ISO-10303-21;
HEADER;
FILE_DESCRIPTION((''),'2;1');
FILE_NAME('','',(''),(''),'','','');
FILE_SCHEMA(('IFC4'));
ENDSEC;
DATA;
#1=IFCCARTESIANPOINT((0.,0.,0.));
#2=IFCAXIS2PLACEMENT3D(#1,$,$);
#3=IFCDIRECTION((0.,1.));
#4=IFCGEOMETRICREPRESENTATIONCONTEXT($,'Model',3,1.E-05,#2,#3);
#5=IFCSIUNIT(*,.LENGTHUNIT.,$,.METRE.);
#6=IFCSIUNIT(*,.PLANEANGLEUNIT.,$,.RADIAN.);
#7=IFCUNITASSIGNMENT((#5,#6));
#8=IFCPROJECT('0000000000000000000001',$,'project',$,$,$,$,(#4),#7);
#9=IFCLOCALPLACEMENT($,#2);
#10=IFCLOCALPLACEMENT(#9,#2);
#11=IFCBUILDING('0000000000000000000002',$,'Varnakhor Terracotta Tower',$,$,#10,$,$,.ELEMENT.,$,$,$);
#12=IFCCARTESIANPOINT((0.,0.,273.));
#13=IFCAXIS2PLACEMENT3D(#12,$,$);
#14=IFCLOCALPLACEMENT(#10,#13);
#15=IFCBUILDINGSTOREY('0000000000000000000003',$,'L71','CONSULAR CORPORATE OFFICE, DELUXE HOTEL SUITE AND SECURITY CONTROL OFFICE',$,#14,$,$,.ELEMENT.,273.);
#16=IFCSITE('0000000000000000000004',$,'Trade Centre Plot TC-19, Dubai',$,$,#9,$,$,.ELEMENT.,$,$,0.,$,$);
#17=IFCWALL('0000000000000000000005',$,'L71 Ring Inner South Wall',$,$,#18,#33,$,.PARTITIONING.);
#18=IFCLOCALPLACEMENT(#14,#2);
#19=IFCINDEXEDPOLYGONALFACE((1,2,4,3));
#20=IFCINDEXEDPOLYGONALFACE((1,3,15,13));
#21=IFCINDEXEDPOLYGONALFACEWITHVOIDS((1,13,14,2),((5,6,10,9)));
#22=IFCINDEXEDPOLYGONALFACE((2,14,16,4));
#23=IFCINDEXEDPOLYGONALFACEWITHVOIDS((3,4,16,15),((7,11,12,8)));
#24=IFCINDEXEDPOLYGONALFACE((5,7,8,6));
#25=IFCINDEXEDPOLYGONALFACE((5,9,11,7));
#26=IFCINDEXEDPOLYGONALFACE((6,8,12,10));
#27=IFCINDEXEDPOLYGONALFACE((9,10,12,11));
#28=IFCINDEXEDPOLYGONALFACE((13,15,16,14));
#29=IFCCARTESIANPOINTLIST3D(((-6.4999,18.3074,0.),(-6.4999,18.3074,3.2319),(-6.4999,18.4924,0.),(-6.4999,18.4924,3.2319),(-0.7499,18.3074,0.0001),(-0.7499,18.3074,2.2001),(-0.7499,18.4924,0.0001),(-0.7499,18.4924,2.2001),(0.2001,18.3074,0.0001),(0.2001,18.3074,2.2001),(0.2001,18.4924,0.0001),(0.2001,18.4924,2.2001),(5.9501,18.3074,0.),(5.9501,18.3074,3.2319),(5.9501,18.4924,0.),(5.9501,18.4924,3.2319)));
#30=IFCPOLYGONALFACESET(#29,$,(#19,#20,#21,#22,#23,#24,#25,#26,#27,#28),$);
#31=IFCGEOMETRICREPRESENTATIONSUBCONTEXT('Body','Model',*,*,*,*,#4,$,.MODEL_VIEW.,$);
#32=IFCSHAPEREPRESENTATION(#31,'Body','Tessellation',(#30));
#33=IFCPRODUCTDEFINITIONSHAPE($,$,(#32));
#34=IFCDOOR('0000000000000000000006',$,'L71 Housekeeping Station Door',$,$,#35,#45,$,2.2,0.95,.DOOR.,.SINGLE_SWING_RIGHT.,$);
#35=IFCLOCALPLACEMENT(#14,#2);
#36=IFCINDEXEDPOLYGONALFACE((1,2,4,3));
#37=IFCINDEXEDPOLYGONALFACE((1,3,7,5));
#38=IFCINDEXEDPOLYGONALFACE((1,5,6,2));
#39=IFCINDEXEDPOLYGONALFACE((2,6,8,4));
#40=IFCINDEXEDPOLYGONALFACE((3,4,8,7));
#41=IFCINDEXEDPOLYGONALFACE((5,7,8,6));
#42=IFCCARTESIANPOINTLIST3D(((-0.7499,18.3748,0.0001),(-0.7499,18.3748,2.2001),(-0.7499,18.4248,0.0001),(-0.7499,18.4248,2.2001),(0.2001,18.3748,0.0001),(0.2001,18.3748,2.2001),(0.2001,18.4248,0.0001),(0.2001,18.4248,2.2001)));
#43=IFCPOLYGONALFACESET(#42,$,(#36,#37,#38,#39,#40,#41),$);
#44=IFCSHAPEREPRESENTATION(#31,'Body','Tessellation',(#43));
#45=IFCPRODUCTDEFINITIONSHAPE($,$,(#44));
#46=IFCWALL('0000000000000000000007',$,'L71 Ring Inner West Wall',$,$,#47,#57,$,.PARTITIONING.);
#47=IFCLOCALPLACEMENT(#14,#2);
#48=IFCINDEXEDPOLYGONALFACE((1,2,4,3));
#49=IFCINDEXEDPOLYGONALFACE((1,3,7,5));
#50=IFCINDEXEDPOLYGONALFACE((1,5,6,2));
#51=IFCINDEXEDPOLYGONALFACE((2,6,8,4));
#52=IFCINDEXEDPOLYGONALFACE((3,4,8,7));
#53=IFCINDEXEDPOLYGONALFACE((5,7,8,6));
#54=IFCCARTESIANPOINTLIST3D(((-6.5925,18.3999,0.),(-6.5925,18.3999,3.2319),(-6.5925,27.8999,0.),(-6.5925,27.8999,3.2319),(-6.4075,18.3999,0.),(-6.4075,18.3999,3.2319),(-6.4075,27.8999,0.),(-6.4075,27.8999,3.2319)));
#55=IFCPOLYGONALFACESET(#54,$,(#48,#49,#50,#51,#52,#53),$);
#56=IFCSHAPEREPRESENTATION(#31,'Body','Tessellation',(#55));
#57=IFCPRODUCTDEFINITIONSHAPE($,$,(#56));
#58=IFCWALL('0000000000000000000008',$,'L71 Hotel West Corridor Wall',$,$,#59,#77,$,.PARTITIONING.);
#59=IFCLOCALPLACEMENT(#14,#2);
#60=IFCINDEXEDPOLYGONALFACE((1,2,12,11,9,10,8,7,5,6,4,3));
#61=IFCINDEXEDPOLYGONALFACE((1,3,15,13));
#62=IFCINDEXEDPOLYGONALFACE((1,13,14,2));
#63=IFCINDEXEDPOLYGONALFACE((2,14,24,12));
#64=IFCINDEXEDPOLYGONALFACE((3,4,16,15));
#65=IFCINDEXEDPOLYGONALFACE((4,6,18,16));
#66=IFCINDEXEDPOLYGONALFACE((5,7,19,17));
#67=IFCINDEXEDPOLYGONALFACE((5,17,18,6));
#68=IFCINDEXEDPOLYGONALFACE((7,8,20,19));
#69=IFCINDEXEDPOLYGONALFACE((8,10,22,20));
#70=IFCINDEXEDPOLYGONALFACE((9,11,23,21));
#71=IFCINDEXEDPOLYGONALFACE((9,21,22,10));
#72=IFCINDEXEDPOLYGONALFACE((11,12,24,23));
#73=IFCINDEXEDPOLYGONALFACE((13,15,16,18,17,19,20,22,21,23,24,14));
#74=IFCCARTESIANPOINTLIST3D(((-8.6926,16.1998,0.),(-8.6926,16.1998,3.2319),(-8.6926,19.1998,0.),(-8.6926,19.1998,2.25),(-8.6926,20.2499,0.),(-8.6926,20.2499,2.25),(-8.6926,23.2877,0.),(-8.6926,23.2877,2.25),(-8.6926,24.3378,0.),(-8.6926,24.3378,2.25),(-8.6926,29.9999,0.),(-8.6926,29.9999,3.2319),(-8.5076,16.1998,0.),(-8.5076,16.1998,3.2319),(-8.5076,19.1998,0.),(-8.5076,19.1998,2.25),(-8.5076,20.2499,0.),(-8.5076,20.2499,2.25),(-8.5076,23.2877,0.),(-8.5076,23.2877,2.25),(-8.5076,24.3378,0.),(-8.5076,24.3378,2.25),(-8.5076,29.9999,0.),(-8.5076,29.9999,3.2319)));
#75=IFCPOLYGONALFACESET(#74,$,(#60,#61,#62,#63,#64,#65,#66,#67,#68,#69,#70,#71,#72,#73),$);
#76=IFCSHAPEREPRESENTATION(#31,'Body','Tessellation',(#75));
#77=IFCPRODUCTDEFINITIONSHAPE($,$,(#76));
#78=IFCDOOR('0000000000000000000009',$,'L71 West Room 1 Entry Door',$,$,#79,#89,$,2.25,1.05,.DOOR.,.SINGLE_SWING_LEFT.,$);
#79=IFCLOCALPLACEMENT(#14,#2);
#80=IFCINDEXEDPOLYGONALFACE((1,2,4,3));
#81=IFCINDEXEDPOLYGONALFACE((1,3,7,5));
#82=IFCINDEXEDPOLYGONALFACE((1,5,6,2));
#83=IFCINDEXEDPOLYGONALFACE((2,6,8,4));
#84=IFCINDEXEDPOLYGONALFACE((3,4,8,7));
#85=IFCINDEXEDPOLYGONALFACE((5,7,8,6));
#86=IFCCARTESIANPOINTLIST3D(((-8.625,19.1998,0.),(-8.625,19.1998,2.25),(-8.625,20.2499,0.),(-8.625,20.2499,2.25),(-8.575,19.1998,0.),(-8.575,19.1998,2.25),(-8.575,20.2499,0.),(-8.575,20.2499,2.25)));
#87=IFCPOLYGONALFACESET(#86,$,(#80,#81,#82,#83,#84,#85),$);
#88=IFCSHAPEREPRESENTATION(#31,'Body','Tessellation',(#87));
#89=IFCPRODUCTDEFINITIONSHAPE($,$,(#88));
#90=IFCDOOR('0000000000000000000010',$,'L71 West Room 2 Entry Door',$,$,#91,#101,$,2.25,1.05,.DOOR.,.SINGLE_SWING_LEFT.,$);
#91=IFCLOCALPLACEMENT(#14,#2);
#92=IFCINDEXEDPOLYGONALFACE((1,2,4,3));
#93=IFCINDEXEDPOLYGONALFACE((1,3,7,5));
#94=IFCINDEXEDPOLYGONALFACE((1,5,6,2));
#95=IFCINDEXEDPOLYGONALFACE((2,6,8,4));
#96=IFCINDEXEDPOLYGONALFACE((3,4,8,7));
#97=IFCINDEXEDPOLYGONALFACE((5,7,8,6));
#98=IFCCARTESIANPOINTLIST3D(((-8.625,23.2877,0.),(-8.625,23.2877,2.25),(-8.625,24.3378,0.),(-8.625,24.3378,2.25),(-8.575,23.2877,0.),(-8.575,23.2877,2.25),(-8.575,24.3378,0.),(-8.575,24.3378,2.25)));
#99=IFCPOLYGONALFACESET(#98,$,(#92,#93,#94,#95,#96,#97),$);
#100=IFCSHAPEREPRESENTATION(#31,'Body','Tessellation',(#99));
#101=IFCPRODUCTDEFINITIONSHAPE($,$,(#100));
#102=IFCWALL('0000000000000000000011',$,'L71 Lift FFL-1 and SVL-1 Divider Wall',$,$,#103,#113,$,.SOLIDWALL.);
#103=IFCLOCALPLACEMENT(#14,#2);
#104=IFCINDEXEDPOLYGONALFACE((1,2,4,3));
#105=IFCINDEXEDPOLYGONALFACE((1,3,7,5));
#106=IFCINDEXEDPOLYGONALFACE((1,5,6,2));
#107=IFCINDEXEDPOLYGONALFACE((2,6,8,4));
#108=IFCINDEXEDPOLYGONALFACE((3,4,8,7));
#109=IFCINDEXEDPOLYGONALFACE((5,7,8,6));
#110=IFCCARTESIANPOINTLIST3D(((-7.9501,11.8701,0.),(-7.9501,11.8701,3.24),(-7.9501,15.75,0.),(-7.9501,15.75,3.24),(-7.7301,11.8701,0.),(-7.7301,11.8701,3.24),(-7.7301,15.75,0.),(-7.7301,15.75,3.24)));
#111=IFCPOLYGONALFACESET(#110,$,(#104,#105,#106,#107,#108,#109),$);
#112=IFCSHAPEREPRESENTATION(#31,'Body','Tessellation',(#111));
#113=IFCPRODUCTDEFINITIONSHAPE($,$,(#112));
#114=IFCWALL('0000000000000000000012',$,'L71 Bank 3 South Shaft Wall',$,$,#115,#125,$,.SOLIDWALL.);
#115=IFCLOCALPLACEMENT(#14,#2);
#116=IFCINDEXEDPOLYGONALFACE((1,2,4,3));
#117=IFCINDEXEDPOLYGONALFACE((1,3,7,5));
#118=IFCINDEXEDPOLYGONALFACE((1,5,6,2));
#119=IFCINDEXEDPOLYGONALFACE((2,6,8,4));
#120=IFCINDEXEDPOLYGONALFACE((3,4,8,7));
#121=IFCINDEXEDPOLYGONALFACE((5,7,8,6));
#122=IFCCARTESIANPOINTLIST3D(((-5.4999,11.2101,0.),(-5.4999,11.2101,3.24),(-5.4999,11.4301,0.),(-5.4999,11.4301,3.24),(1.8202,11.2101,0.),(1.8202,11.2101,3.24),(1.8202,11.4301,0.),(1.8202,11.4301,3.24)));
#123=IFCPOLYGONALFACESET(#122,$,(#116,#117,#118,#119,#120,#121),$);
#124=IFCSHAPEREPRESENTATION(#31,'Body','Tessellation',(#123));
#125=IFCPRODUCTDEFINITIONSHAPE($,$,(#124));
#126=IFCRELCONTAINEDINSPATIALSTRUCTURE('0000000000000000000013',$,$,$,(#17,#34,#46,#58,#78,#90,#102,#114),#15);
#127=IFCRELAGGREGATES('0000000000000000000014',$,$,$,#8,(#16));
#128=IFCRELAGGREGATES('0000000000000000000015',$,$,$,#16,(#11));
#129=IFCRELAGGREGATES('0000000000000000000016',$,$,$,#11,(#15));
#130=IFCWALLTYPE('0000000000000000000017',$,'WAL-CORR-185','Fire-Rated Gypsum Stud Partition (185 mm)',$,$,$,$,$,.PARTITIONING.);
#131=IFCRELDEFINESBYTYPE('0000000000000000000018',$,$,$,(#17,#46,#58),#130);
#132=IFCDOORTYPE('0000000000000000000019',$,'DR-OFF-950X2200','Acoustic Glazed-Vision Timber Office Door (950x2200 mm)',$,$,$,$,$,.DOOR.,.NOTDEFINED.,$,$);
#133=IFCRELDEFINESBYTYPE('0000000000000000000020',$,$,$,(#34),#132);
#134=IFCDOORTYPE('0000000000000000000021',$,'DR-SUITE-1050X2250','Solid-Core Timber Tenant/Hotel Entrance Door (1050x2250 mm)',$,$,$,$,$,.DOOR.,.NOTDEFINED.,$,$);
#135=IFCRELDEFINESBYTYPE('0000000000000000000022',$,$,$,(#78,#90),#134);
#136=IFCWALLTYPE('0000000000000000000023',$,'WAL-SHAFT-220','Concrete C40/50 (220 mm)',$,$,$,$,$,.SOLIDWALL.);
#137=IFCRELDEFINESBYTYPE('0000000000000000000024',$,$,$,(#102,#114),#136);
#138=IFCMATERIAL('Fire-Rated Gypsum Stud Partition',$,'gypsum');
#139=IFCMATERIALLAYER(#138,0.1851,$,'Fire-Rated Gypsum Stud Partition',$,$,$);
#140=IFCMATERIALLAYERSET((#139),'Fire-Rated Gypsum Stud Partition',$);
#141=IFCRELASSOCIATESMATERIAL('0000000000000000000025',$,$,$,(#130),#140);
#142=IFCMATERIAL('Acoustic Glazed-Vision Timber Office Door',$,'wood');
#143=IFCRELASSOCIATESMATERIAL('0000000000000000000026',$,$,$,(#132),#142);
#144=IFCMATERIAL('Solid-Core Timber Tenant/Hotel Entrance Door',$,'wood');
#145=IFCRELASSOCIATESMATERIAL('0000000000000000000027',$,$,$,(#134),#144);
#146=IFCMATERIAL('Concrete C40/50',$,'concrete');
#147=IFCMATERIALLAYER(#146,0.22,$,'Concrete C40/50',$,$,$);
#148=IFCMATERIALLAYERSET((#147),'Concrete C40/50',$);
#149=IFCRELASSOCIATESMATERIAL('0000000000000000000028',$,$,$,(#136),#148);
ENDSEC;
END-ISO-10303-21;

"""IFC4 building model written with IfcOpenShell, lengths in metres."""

from ifc_helpers import new_model, si_unit, direction, frame, frame_2d, origin, place, context, subcontext, project, spatial, rectangle, extrude, source, transform, mapped, material, layer, layer_set, type_object, type_shapes, element, fill, save


model = new_model("IFC4")

# Units and contexts
model_context = context("Model", 3, precision=1e-05, world=origin(), true_north=direction((0.0, 1.0)))
body_context = subcontext(model_context, "Body", "Model", "MODEL_VIEW")
ifc_project = project(units=[si_unit("LENGTHUNIT", "METRE"), si_unit("PLANEANGLEUNIT", "RADIAN")], contexts=[model_context])

# Site, building, storey
site_placement = place(None, origin())
site = spatial("IfcSite", under=ifc_project, at=site_placement, Name="Trade Centre Plot TC-19, Dubai", CompositionType="ELEMENT", RefElevation=0.0)
building_placement = place(site_placement, origin())
building = spatial("IfcBuilding", under=site, at=building_placement, Name="Varnakhor Terracotta Tower", CompositionType="ELEMENT")
storey_placement = place(building_placement, frame((0.0, 0.0, 273.0)))
storey = spatial("IfcBuildingStorey", under=building, at=storey_placement, Name="L71", Description="CONSULAR CORPORATE OFFICE, DELUXE HOTEL SUITE AND SECURITY CONTROL OFFICE", CompositionType="ELEMENT", Elevation=273.0)

# Wall, opening, door
ifc_material_1 = material(Name="Fire-Rated Gypsum Stud Partition", Category="gypsum")
ifc_layer_1 = layer(ifc_material_1, 0.1851, Name="Fire-Rated Gypsum Stud Partition")
ifc_layer_set_1 = layer_set([ifc_layer_1], Name="Fire-Rated Gypsum Stud Partition")
wall_type_1 = type_object("IfcWallType", Name="WAL-CORR-185", Description="Fire-Rated Gypsum Stud Partition (185 mm)", PredefinedType="PARTITIONING", material=ifc_layer_set_1)
wall_1_placement = place(storey_placement, frame((-6.5, 18.3999, 0.0), z_axis=(0.0, 0.0, 1.0), x_axis=(1.0, 0.0, 0.0)))
wall_1 = element("IfcWall", 1, at=wall_1_placement, inside=storey, type_object=wall_type_1, Name="L71 Ring Inner South Wall", PredefinedType="PARTITIONING", context=body_context, shape_type="SweptSolid", body=[
    extrude(rectangle(XDim=12.45, YDim=0.1851, at=frame_2d((6.2251, 0.0))), origin(), (0.0, 0.0, 1.0), 3.2319),
])
opening_1_placement = place(wall_1_placement, frame((5.75, 0.0, 0.0)))
opening_1 = element("IfcOpeningElement", 2, at=opening_1_placement, cuts=wall_1, PredefinedType="OPENING", context=body_context, shape_type="SweptSolid", body=[
    extrude(rectangle(XDim=0.95, YDim=2.2, at=frame_2d((0.4751, 1.1001))), frame((0.0, 0.1025, 0.0), z_axis=(0.0, -1.0, 0.0), x_axis=(1.0, 0.0, 0.0)), (0.0, 0.0, 1.0), 0.2051),
])
ifc_material_2 = material(Name="Acoustic Glazed-Vision Timber Office Door", Category="wood")
door_type_1 = type_object("IfcDoorType", Name="DR-OFF-950X2200", Description="Acoustic Glazed-Vision Timber Office Door (950x2200 mm)", OperationType="NOTDEFINED", PredefinedType="DOOR", material=ifc_material_2)
shared_shape_1 = source(origin(), body_context, "Body", "SweptSolid", [
    extrude(rectangle(XDim=0.95, YDim=2.2, at=frame_2d((0.4751, 1.1001))), frame((0.0, 0.0249, 0.0), z_axis=(0.0, -1.0, 0.0), x_axis=(1.0, 0.0, 0.0)), (0.0, 0.0, 1.0), 0.05),
])
type_shapes(door_type_1, [shared_shape_1])
door_1_placement = place(opening_1_placement, origin())
door_1 = element("IfcDoor", 3, at=door_1_placement, inside=storey, type_object=door_type_1, Name="L71 Housekeeping Station Door", OperationType="SINGLE_SWING_RIGHT", OverallHeight=2.2, OverallWidth=0.95, PredefinedType="DOOR", context=body_context, shape_type="MappedRepresentation", body=[
    mapped(shared_shape_1, transform((0.0, 0.0, 0.0), scale=1.0)),
])
fill(opening_1, door_1)

# Wall
wall_2_placement = place(storey_placement, frame((-6.5, 18.3999, 0.0), z_axis=(0.0, 0.0, 1.0), x_axis=(0.0, 1.0, 0.0)))
element("IfcWall", 4, at=wall_2_placement, inside=storey, type_object=wall_type_1, Name="L71 Ring Inner West Wall", PredefinedType="PARTITIONING", context=body_context, shape_type="SweptSolid", body=[
    extrude(rectangle(XDim=9.5, YDim=0.1851, at=frame_2d((4.75, 0.0))), origin(), (0.0, 0.0, 1.0), 3.2319),
])

# Wall, openings, doors
wall_3_placement = place(storey_placement, frame((-8.6001, 16.2, 0.0), z_axis=(0.0, 0.0, 1.0), x_axis=(0.0, 1.0, 0.0)))
wall_3 = element("IfcWall", 5, at=wall_3_placement, inside=storey, type_object=wall_type_1, Name="L71 Hotel West Corridor Wall", PredefinedType="PARTITIONING", context=body_context, shape_type="SweptSolid", body=[
    extrude(rectangle(XDim=13.8, YDim=0.1851, at=frame_2d((6.8999, 0.0))), origin(), (0.0, 0.0, 1.0), 3.2319),
])
opening_2_placement = place(wall_3_placement, frame((3.0, 0.0, 0.0)))
opening_2 = element("IfcOpeningElement", 6, at=opening_2_placement, cuts=wall_3, PredefinedType="OPENING", context=body_context, shape_type="SweptSolid", body=[
    extrude(rectangle(XDim=1.05, YDim=2.25, at=frame_2d((0.5249, 1.125))), frame((0.0, 0.1025, 0.0), z_axis=(0.0, -1.0, 0.0), x_axis=(1.0, 0.0, 0.0)), (0.0, 0.0, 1.0), 0.2051),
])
opening_3_placement = place(wall_3_placement, frame((7.0879, 0.0, 0.0)))
opening_3 = element("IfcOpeningElement", 7, at=opening_3_placement, cuts=wall_3, PredefinedType="OPENING", context=body_context, shape_type="SweptSolid", body=[
    extrude(rectangle(XDim=1.05, YDim=2.25, at=frame_2d((0.5249, 1.125))), frame((0.0, 0.1025, 0.0), z_axis=(0.0, -1.0, 0.0), x_axis=(1.0, 0.0, 0.0)), (0.0, 0.0, 1.0), 0.2051),
])
ifc_material_3 = material(Name="Solid-Core Timber Tenant/Hotel Entrance Door", Category="wood")
door_type_2 = type_object("IfcDoorType", Name="DR-SUITE-1050X2250", Description="Solid-Core Timber Tenant/Hotel Entrance Door (1050x2250 mm)", OperationType="NOTDEFINED", PredefinedType="DOOR", material=ifc_material_3)
shared_shape_2 = source(origin(), body_context, "Body", "SweptSolid", [
    extrude(rectangle(XDim=1.05, YDim=2.25, at=frame_2d((0.5249, 1.125))), frame((0.0, 0.0249, 0.0), z_axis=(0.0, -1.0, 0.0), x_axis=(1.0, 0.0, 0.0)), (0.0, 0.0, 1.0), 0.05),
])
type_shapes(door_type_2, [shared_shape_2])
door_2_placement = place(opening_2_placement, origin())
door_2 = element("IfcDoor", 8, at=door_2_placement, inside=storey, type_object=door_type_2, Name="L71 West Room 1 Entry Door", OperationType="SINGLE_SWING_LEFT", OverallHeight=2.25, OverallWidth=1.05, PredefinedType="DOOR", context=body_context, shape_type="MappedRepresentation", body=[
    mapped(shared_shape_2, transform((0.0, 0.0, 0.0), scale=1.0)),
])
fill(opening_2, door_2)
door_3_placement = place(opening_3_placement, origin())
door_3 = element("IfcDoor", 9, at=door_3_placement, inside=storey, type_object=door_type_2, Name="L71 West Room 2 Entry Door", OperationType="SINGLE_SWING_LEFT", OverallHeight=2.25, OverallWidth=1.05, PredefinedType="DOOR", context=body_context, shape_type="MappedRepresentation", body=[
    mapped(shared_shape_2, transform((0.0, 0.0, 0.0), scale=1.0)),
])
fill(opening_3, door_3)

# Walls
ifc_material_4 = material(Name="Concrete C40/50", Category="concrete")
ifc_layer_2 = layer(ifc_material_4, 0.22, Name="Concrete C40/50")
ifc_layer_set_2 = layer_set([ifc_layer_2], Name="Concrete C40/50")
wall_type_2 = type_object("IfcWallType", Name="WAL-SHAFT-220", Description="Concrete C40/50 (220 mm)", PredefinedType="SOLIDWALL", material=ifc_layer_set_2)
wall_4_placement = place(storey_placement, frame((-7.8401, 11.8701, 0.0), z_axis=(0.0, 0.0, 1.0), x_axis=(0.0, 1.0, 0.0)))
element("IfcWall", 10, at=wall_4_placement, inside=storey, type_object=wall_type_2, Name="L71 Lift FFL-1 and SVL-1 Divider Wall", PredefinedType="SOLIDWALL", context=body_context, shape_type="SweptSolid", body=[
    extrude(rectangle(XDim=3.8799, YDim=0.22, at=frame_2d((1.9399, 0.0))), origin(), (0.0, 0.0, 1.0), 3.24),
])
wall_5_placement = place(storey_placement, frame((-5.5, 11.3201, 0.0), z_axis=(0.0, 0.0, 1.0), x_axis=(1.0, 0.0, 0.0)))
element("IfcWall", 11, at=wall_5_placement, inside=storey, type_object=wall_type_2, Name="L71 Bank 3 South Shaft Wall", PredefinedType="SOLIDWALL", context=body_context, shape_type="SweptSolid", body=[
    extrude(rectangle(XDim=7.3201, YDim=0.22, at=frame_2d((3.6602, 0.0))), origin(), (0.0, 0.0, 1.0), 3.24),
])

save(model, "model.ifc")
